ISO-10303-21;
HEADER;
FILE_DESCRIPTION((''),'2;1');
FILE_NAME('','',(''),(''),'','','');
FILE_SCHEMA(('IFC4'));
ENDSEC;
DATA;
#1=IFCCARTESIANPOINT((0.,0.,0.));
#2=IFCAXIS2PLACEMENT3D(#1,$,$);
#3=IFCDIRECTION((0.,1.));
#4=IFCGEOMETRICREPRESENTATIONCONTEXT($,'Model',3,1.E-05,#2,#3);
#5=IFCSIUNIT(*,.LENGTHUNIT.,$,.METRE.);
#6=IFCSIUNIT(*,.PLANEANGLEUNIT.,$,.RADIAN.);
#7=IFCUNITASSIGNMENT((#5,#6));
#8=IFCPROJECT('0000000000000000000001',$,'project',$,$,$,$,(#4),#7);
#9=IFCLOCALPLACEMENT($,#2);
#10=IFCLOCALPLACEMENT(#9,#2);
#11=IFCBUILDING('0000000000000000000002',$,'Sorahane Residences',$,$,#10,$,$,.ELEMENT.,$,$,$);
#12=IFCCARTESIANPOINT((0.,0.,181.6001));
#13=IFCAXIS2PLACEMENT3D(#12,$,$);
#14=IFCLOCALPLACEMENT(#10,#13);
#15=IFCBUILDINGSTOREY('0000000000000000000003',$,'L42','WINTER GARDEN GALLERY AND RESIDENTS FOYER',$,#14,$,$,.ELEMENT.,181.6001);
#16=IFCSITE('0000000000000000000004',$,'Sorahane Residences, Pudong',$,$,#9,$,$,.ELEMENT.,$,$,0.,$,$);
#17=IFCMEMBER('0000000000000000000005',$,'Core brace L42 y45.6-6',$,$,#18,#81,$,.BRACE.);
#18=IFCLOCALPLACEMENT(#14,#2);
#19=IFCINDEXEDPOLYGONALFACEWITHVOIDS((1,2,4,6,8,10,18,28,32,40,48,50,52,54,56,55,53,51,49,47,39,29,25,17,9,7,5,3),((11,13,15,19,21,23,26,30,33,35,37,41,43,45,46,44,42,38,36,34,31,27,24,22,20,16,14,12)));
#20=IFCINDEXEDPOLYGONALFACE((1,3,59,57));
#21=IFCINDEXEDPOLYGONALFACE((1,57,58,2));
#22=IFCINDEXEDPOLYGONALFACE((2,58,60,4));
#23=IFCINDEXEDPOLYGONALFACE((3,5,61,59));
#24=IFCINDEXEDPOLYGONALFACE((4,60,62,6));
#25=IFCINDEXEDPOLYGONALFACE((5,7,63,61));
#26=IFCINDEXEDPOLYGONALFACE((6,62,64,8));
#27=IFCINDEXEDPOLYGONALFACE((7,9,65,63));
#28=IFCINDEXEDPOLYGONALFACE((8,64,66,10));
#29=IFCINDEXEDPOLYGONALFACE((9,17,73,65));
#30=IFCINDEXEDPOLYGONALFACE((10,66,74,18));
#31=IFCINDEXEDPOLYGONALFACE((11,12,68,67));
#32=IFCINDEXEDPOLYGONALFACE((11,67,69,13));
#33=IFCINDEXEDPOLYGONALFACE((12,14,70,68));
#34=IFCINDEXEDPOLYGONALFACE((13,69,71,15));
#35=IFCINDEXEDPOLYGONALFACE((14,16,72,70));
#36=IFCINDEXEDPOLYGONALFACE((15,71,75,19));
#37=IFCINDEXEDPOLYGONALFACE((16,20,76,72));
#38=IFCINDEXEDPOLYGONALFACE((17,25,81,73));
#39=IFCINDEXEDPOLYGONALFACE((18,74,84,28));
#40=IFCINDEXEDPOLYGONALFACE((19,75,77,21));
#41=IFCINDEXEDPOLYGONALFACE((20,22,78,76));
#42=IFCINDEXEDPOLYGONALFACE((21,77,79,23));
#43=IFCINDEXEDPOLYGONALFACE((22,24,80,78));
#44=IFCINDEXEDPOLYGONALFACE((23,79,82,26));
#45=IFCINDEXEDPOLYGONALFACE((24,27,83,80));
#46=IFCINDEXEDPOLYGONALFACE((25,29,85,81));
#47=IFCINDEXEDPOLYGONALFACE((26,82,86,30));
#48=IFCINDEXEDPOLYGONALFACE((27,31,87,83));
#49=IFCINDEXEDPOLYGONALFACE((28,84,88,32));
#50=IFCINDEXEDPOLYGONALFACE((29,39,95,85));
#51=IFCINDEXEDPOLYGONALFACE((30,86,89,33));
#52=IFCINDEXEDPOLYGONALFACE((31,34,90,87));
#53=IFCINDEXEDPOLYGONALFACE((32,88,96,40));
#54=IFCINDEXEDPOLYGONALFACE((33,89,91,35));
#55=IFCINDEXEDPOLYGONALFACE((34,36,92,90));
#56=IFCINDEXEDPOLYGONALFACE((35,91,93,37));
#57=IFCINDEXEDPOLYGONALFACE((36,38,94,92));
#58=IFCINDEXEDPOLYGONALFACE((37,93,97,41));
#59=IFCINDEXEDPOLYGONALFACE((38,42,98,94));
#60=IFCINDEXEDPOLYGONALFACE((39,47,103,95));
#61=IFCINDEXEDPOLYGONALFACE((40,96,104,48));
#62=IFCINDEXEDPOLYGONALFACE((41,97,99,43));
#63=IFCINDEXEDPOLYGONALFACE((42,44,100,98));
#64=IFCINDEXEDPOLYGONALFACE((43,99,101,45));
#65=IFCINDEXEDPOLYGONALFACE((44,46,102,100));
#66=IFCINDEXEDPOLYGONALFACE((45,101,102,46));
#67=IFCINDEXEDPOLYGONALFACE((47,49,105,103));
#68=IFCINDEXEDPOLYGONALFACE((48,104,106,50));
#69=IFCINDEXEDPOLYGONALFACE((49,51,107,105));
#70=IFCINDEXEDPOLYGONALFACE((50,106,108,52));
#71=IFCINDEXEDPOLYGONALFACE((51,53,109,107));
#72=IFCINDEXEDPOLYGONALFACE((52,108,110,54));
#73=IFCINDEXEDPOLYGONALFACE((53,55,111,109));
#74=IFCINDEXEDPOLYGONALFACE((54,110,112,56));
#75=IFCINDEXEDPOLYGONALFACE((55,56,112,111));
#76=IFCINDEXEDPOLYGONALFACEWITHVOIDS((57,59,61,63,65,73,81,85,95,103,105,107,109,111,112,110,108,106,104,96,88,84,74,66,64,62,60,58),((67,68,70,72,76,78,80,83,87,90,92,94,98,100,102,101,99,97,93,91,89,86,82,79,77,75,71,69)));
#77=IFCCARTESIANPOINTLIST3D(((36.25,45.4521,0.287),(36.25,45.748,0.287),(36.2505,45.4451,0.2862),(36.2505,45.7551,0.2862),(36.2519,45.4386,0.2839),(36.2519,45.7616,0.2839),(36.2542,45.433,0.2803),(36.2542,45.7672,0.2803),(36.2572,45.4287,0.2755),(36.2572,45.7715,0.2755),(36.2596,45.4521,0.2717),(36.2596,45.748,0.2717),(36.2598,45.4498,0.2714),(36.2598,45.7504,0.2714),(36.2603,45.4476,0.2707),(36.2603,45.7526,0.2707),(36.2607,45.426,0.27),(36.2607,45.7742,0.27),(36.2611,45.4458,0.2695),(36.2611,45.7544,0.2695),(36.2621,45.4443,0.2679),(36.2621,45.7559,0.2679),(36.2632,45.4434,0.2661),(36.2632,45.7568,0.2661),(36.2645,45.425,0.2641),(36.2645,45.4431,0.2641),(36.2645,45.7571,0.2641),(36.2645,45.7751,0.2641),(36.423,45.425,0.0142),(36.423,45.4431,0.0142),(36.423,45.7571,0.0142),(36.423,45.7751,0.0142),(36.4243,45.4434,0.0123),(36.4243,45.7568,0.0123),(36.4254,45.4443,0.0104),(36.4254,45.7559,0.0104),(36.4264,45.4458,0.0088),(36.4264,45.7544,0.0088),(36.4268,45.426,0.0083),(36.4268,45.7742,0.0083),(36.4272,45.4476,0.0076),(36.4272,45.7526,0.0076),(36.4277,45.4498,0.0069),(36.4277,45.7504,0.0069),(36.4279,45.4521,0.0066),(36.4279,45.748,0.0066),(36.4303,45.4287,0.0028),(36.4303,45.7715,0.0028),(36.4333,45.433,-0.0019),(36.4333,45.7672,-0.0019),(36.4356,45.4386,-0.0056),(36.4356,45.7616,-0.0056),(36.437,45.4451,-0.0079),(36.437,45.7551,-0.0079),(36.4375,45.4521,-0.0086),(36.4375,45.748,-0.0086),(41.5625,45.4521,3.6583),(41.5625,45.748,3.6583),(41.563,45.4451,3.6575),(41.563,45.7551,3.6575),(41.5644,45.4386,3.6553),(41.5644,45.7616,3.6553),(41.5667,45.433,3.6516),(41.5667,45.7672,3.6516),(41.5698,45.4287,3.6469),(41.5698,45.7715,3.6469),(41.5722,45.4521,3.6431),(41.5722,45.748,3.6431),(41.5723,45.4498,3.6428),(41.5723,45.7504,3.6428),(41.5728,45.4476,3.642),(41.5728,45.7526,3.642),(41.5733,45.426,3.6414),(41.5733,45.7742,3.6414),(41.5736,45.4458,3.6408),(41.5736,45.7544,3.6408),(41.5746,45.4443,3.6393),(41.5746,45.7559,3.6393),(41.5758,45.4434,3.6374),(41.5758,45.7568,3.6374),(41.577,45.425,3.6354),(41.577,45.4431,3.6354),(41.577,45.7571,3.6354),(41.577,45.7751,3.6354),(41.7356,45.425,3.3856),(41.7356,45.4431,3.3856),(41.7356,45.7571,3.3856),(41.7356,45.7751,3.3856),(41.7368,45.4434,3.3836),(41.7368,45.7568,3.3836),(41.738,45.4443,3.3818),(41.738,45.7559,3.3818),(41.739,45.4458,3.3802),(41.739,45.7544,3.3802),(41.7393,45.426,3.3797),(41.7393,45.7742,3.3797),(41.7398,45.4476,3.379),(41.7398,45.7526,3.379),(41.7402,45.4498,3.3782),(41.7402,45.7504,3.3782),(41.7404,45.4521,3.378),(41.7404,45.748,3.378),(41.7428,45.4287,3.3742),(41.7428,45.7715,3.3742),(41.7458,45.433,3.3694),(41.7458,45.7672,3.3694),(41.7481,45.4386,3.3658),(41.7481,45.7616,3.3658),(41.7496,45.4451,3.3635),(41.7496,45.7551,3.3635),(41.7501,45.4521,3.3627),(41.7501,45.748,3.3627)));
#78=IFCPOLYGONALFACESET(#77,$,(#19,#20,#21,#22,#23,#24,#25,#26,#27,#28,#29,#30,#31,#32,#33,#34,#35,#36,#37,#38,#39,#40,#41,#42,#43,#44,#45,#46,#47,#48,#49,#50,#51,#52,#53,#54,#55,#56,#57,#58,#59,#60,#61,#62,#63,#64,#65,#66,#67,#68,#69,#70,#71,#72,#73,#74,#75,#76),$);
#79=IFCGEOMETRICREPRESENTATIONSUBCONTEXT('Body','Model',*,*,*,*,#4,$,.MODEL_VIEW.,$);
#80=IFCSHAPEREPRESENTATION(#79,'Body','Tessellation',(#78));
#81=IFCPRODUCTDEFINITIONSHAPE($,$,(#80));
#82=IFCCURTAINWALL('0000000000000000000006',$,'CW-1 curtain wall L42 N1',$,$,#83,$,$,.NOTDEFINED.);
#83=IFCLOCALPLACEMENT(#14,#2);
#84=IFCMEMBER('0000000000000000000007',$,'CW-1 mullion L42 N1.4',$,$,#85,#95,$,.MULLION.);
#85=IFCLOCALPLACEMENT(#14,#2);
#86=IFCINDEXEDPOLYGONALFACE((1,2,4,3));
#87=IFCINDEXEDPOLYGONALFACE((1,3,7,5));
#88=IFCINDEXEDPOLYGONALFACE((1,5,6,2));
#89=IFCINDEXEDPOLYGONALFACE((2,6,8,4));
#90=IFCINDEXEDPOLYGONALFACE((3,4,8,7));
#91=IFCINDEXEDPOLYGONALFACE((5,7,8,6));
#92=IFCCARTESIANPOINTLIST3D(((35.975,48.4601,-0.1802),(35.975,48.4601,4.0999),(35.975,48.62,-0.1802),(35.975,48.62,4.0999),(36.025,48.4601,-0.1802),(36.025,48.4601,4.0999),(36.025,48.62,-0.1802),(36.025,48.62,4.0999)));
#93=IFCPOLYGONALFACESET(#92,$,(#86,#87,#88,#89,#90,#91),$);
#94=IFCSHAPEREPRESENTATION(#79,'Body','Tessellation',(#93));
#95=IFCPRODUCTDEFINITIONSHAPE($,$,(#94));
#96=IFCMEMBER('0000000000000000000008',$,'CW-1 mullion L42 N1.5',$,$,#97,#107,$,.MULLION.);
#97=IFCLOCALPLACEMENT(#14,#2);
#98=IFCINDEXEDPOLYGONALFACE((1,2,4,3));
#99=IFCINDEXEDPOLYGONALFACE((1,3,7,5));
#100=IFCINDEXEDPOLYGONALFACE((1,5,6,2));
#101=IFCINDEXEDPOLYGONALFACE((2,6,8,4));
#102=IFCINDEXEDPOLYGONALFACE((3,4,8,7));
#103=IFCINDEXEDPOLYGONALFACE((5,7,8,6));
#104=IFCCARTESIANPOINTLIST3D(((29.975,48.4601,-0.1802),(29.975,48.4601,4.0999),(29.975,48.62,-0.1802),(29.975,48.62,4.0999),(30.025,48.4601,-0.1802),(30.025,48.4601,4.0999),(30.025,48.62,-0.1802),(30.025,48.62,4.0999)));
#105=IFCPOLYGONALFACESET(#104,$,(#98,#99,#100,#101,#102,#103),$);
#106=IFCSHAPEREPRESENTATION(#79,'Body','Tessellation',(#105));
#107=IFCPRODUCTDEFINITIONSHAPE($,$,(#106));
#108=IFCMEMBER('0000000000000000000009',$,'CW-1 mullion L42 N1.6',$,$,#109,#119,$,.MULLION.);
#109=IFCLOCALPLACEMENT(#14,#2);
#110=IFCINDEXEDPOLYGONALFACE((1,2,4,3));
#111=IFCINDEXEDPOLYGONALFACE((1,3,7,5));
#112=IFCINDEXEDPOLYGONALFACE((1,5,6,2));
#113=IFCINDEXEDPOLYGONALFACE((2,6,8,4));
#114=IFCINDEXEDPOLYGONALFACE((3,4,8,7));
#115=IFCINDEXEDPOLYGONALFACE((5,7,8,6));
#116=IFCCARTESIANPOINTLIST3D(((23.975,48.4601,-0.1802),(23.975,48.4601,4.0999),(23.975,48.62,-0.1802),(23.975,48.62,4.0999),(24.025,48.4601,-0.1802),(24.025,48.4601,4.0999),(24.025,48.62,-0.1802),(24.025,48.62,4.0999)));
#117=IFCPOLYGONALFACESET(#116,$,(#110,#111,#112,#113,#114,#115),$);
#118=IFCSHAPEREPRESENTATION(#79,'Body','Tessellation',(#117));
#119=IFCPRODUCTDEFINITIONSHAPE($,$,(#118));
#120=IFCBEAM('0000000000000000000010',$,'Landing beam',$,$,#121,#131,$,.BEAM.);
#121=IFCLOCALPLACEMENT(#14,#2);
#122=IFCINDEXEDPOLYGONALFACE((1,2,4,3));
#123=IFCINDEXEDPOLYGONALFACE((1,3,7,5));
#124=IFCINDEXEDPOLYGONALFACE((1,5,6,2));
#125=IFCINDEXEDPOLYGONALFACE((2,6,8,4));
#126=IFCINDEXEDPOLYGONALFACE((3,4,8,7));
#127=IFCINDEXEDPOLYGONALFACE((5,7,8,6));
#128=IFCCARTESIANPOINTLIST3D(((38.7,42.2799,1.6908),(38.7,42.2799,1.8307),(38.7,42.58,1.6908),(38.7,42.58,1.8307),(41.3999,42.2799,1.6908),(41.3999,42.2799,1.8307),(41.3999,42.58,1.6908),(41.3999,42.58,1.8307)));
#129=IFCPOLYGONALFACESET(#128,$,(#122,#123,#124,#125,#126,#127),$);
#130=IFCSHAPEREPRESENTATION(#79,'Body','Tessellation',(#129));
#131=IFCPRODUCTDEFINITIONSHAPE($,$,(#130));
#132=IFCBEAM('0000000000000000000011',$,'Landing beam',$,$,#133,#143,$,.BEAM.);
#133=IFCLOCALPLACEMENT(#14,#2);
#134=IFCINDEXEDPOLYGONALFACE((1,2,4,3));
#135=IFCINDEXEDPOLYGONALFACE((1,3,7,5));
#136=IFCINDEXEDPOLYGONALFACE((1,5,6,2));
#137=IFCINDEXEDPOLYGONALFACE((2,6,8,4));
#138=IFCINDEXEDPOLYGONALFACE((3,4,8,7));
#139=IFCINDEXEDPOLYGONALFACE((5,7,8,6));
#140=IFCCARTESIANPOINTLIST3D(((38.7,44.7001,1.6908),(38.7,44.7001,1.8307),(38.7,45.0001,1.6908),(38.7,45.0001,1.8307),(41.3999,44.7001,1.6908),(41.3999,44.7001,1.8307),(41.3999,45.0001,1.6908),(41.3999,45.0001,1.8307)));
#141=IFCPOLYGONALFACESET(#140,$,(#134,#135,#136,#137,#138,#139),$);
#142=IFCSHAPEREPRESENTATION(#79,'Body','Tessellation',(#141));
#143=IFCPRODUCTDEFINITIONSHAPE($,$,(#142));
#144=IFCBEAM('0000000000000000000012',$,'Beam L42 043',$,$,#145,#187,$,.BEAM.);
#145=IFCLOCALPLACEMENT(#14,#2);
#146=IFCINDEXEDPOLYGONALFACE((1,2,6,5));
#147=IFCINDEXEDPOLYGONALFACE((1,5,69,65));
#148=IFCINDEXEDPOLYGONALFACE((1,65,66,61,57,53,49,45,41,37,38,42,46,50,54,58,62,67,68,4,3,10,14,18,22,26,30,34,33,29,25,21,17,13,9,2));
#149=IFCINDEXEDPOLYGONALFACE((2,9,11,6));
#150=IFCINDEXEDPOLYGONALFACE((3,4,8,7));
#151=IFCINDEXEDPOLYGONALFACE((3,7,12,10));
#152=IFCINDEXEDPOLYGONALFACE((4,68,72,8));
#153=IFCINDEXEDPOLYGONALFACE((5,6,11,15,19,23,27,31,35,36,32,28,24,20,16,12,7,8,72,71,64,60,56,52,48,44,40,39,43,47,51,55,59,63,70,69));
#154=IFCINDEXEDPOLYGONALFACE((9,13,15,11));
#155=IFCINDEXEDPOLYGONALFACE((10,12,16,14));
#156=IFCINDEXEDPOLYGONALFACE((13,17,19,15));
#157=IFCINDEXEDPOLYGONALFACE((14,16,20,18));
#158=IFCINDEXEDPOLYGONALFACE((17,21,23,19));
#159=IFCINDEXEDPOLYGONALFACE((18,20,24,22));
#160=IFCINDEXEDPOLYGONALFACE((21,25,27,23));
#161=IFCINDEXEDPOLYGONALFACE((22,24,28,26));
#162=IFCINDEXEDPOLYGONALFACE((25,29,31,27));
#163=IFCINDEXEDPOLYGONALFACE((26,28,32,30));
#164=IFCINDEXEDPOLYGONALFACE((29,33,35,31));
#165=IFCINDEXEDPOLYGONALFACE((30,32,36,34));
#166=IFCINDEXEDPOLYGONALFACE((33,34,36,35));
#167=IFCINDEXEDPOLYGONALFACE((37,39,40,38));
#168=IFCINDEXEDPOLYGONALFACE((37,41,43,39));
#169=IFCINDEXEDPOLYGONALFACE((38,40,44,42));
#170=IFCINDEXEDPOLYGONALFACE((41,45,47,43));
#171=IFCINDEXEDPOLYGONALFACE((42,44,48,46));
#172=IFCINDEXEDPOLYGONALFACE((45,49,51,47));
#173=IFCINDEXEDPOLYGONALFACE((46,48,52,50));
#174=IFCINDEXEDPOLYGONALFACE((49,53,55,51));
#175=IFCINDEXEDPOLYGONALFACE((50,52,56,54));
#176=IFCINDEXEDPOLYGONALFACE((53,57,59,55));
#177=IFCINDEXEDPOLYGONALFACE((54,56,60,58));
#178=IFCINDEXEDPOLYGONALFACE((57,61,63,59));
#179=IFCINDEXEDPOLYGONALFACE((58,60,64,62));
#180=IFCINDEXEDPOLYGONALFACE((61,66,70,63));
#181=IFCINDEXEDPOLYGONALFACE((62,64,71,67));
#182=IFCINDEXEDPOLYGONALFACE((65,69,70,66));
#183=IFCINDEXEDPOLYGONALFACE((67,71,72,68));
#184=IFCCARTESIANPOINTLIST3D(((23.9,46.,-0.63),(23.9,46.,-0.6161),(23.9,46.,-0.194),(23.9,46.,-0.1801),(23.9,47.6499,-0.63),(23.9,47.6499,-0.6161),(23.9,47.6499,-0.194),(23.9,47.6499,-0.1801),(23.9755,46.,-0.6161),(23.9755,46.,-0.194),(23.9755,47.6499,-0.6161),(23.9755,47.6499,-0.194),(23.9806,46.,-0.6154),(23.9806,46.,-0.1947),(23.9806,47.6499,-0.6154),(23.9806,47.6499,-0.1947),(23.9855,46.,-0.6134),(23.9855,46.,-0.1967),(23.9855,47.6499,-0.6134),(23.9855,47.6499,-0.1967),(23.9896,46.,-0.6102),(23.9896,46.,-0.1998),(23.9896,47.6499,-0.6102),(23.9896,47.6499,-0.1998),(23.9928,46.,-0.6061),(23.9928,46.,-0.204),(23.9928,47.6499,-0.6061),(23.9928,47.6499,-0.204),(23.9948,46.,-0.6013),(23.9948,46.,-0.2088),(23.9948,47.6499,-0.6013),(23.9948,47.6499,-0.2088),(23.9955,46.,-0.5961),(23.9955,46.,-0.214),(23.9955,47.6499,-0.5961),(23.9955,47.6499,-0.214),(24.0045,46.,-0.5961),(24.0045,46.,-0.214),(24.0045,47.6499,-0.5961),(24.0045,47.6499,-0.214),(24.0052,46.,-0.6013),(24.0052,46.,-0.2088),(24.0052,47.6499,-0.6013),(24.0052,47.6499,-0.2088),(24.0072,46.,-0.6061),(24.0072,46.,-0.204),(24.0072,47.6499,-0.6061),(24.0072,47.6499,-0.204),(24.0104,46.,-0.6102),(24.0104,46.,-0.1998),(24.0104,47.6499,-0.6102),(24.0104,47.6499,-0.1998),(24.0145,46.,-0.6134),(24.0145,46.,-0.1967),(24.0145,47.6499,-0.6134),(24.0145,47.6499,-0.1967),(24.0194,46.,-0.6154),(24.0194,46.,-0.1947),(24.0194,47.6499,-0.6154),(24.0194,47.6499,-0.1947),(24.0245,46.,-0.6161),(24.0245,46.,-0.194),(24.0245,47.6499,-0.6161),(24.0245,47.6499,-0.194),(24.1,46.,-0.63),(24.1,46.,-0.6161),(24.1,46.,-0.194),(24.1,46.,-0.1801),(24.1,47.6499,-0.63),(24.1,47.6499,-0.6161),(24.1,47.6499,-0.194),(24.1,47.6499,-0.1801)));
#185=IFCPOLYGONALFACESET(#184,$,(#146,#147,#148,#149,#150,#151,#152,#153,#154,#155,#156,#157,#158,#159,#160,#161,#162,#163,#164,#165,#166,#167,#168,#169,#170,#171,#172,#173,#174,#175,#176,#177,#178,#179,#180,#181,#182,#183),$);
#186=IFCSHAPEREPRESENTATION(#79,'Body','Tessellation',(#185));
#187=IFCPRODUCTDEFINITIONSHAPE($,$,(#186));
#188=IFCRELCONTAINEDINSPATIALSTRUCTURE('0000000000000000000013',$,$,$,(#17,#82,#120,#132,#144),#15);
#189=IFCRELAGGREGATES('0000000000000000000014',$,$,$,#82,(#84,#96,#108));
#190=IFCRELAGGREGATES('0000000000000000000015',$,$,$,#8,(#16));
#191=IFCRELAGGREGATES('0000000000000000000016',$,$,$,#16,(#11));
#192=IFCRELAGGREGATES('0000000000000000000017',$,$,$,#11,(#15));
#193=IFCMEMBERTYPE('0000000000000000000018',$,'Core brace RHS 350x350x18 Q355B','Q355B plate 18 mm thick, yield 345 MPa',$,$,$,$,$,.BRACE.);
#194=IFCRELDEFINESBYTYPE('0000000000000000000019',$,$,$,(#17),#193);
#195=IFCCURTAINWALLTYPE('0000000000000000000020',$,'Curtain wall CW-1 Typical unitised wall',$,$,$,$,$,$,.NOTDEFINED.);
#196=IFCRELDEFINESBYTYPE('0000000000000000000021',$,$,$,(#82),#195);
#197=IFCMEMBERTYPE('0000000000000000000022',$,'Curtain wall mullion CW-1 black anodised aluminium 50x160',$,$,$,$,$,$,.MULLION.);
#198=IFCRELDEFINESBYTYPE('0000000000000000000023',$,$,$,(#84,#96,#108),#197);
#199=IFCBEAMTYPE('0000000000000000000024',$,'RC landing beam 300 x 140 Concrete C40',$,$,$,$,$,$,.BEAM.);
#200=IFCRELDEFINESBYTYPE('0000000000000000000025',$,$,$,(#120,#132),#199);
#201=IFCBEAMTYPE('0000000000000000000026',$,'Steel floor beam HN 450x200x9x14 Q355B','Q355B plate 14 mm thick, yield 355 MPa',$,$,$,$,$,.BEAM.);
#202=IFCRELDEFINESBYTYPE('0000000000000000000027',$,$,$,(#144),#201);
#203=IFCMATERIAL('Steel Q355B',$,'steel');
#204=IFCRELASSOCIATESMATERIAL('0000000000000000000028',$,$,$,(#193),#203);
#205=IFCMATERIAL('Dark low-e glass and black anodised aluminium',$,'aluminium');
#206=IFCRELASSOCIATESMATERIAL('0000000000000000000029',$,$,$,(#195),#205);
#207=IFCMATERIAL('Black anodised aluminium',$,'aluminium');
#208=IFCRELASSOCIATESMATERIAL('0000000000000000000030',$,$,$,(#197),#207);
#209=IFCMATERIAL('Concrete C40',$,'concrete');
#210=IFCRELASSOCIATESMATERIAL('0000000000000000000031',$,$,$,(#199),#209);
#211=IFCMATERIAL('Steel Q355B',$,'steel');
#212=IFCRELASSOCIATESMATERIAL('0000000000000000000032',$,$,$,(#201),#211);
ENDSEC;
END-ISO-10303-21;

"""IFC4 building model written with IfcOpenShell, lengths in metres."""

from ifc_helpers import new_model, si_unit, direction, frame, origin, origin_2d, place, context, subcontext, project, spatial, rectangle, hollow_rectangle, i_section, extrude, material, material_profile, profile_set, type_object, element, aggregate, save


model = new_model("IFC4")

# Units and contexts
model_context = context("Model", 3, precision=1e-05, world=origin(), true_north=direction((0.0, 1.0)))
body_context = subcontext(model_context, "Body", "Model", "MODEL_VIEW")
ifc_project = project(units=[si_unit("LENGTHUNIT", "METRE"), si_unit("PLANEANGLEUNIT", "RADIAN")], contexts=[model_context])

# Site, building, storey
site_placement = place(None, origin())
site = spatial("IfcSite", under=ifc_project, at=site_placement, Name="Sorahane Residences, Pudong", CompositionType="ELEMENT", RefElevation=0.0)
building_placement = place(site_placement, origin())
building = spatial("IfcBuilding", under=site, at=building_placement, Name="Sorahane Residences", CompositionType="ELEMENT")
storey_placement = place(building_placement, frame((0.0, 0.0, 181.6001)))
storey = spatial("IfcBuildingStorey", under=building, at=storey_placement, Name="L42", Description="WINTER GARDEN GALLERY AND RESIDENTS FOYER", CompositionType="ELEMENT", Elevation=181.6001)

# Member
ifc_material_1 = material(Name="Steel Q355B", Category="steel")
ifc_material_profile_1 = material_profile(ifc_material_1, hollow_rectangle(XDim=0.3501, YDim=0.3501, WallThickness=0.0181, InnerFilletRadius=0.009, OuterFilletRadius=0.0271, at=origin_2d()), Name="RHS 350x350x18")
ifc_profile_set_1 = profile_set([ifc_material_profile_1], Name="Steel Q355B")
member_type_1 = type_object("IfcMemberType", Name="Core brace RHS 350x350x18 Q355B", Description="Q355B plate 18 mm thick, yield 345 MPa", PredefinedType="BRACE", material=ifc_profile_set_1)
for number, where, z_axis, x_axis, name in (
    (1, (36.3438, 45.6001, 0.1392), (0.844333, 0.0, 0.535818), (0.0, 1.0, 0.0), "Core brace L42 y45.6-6"),
):
    element("IfcMember", number, at=place(storey_placement, frame(where, z_axis=z_axis, x_axis=x_axis)), inside=storey, type_object=member_type_1, Name=name, PredefinedType="BRACE", context=body_context, shape_type="SweptSolid", body=[
        extrude(hollow_rectangle(XDim=0.3501, YDim=0.3501, WallThickness=0.0181, InnerFilletRadius=0.009, OuterFilletRadius=0.0271, at=origin_2d()), origin(), (0.0, 0.0, 1.0), 6.292),
    ])

# Curtain wall, members
ifc_material_2 = material(Name="Dark low-e glass and black anodised aluminium", Category="aluminium")
curtain_wall_type = type_object("IfcCurtainWallType", Name="Curtain wall CW-1 Typical unitised wall", PredefinedType="NOTDEFINED", material=ifc_material_2)
curtain_wall_placement = place(storey_placement, origin())
curtain_wall = element("IfcCurtainWall", 2, at=curtain_wall_placement, inside=storey, type_object=curtain_wall_type, Name="CW-1 curtain wall L42 N1", PredefinedType="NOTDEFINED")
ifc_material_3 = material(Name="Black anodised aluminium", Category="aluminium")
ifc_material_profile_2 = material_profile(ifc_material_3, rectangle(XDim=0.1599, YDim=0.05, at=origin_2d()), Name="Curtain wall mullion CW-1 black anodised aluminium 50x160")
ifc_profile_set_2 = profile_set([ifc_material_profile_2], Name="Black anodised aluminium")
member_type_2 = type_object("IfcMemberType", Name="Curtain wall mullion CW-1 black anodised aluminium 50x160", PredefinedType="MULLION", material=ifc_profile_set_2)
member_1_placement = place(storey_placement, frame((36.0, 48.54, -0.1802), z_axis=(0.0, 0.0, 1.0), x_axis=(0.0, 1.0, 0.0)))
member_1 = element("IfcMember", 3, at=member_1_placement, type_object=member_type_2, Name="CW-1 mullion L42 N1.4", PredefinedType="MULLION", context=body_context, shape_type="SweptSolid", body=[
    extrude(rectangle(XDim=0.1599, YDim=0.05, at=origin_2d()), origin(), (0.0, 0.0, 1.0), 4.28),
])
member_2_placement = place(storey_placement, frame((30.0, 48.54, -0.1802), z_axis=(0.0, 0.0, 1.0), x_axis=(0.0, 1.0, 0.0)))
member_2 = element("IfcMember", 4, at=member_2_placement, type_object=member_type_2, Name="CW-1 mullion L42 N1.5", PredefinedType="MULLION", context=body_context, shape_type="SweptSolid", body=[
    extrude(rectangle(XDim=0.1599, YDim=0.05, at=origin_2d()), origin(), (0.0, 0.0, 1.0), 4.28),
])
member_3_placement = place(storey_placement, frame((24.0, 48.54, -0.1802), z_axis=(0.0, 0.0, 1.0), x_axis=(0.0, 1.0, 0.0)))
member_3 = element("IfcMember", 5, at=member_3_placement, type_object=member_type_2, Name="CW-1 mullion L42 N1.6", PredefinedType="MULLION", context=body_context, shape_type="SweptSolid", body=[
    extrude(rectangle(XDim=0.1599, YDim=0.05, at=origin_2d()), origin(), (0.0, 0.0, 1.0), 4.28),
])

# Beams
ifc_material_4 = material(Name="Concrete C40", Category="concrete")
ifc_material_profile_3 = material_profile(ifc_material_4, rectangle(XDim=0.3, YDim=0.1399, at=origin_2d()), Name="300x140")
ifc_profile_set_3 = profile_set([ifc_material_profile_3], Name="Concrete C40")
beam_type_1 = type_object("IfcBeamType", Name="RC landing beam 300 x 140 Concrete C40", PredefinedType="BEAM", material=ifc_profile_set_3)
for number, where, z_axis, x_axis, name in (
    (6, (38.7, 42.4299, 1.7607), (1.0, 0.0, 0.0), (0.0, 1.0, 0.0), "Landing beam"),
    (7, (38.7, 44.8501, 1.7607), (1.0, 0.0, 0.0), (0.0, 1.0, 0.0), "Landing beam"),
):
    element("IfcBeam", number, at=place(storey_placement, frame(where, z_axis=z_axis, x_axis=x_axis)), inside=storey, type_object=beam_type_1, Name=name, PredefinedType="BEAM", context=body_context, shape_type="SweptSolid", body=[
        extrude(rectangle(XDim=0.3, YDim=0.1399, at=origin_2d()), origin(), (0.0, 0.0, 1.0), 2.7),
    ])
ifc_material_5 = material(Name="Steel Q355B", Category="steel")
ifc_material_profile_4 = material_profile(ifc_material_5, i_section(OverallWidth=0.2, OverallDepth=0.45, WebThickness=0.009, FlangeThickness=0.0139, FilletRadius=0.02, at=origin_2d()), Name="HN 450x200x9x14")
ifc_profile_set_4 = profile_set([ifc_material_profile_4], Name="Steel Q355B")
beam_type_2 = type_object("IfcBeamType", Name="Steel floor beam HN 450x200x9x14 Q355B", Description="Q355B plate 14 mm thick, yield 355 MPa", PredefinedType="BEAM", material=ifc_profile_set_4)
beam_1_placement = place(storey_placement, frame((24.0, 46.0, -0.405), z_axis=(0.0, 1.0, 0.0), x_axis=(-1.0, 0.0, 0.0)))
element("IfcBeam", 8, at=beam_1_placement, inside=storey, type_object=beam_type_2, Name="Beam L42 043", PredefinedType="BEAM", context=body_context, shape_type="SweptSolid", body=[
    extrude(i_section(OverallWidth=0.2, OverallDepth=0.45, WebThickness=0.009, FlangeThickness=0.0139, FilletRadius=0.02, at=origin_2d()), origin(), (0.0, 0.0, 1.0), 1.6499),
])

aggregate(curtain_wall, [member_1, member_2, member_3])

save(model, "model.ifc")
